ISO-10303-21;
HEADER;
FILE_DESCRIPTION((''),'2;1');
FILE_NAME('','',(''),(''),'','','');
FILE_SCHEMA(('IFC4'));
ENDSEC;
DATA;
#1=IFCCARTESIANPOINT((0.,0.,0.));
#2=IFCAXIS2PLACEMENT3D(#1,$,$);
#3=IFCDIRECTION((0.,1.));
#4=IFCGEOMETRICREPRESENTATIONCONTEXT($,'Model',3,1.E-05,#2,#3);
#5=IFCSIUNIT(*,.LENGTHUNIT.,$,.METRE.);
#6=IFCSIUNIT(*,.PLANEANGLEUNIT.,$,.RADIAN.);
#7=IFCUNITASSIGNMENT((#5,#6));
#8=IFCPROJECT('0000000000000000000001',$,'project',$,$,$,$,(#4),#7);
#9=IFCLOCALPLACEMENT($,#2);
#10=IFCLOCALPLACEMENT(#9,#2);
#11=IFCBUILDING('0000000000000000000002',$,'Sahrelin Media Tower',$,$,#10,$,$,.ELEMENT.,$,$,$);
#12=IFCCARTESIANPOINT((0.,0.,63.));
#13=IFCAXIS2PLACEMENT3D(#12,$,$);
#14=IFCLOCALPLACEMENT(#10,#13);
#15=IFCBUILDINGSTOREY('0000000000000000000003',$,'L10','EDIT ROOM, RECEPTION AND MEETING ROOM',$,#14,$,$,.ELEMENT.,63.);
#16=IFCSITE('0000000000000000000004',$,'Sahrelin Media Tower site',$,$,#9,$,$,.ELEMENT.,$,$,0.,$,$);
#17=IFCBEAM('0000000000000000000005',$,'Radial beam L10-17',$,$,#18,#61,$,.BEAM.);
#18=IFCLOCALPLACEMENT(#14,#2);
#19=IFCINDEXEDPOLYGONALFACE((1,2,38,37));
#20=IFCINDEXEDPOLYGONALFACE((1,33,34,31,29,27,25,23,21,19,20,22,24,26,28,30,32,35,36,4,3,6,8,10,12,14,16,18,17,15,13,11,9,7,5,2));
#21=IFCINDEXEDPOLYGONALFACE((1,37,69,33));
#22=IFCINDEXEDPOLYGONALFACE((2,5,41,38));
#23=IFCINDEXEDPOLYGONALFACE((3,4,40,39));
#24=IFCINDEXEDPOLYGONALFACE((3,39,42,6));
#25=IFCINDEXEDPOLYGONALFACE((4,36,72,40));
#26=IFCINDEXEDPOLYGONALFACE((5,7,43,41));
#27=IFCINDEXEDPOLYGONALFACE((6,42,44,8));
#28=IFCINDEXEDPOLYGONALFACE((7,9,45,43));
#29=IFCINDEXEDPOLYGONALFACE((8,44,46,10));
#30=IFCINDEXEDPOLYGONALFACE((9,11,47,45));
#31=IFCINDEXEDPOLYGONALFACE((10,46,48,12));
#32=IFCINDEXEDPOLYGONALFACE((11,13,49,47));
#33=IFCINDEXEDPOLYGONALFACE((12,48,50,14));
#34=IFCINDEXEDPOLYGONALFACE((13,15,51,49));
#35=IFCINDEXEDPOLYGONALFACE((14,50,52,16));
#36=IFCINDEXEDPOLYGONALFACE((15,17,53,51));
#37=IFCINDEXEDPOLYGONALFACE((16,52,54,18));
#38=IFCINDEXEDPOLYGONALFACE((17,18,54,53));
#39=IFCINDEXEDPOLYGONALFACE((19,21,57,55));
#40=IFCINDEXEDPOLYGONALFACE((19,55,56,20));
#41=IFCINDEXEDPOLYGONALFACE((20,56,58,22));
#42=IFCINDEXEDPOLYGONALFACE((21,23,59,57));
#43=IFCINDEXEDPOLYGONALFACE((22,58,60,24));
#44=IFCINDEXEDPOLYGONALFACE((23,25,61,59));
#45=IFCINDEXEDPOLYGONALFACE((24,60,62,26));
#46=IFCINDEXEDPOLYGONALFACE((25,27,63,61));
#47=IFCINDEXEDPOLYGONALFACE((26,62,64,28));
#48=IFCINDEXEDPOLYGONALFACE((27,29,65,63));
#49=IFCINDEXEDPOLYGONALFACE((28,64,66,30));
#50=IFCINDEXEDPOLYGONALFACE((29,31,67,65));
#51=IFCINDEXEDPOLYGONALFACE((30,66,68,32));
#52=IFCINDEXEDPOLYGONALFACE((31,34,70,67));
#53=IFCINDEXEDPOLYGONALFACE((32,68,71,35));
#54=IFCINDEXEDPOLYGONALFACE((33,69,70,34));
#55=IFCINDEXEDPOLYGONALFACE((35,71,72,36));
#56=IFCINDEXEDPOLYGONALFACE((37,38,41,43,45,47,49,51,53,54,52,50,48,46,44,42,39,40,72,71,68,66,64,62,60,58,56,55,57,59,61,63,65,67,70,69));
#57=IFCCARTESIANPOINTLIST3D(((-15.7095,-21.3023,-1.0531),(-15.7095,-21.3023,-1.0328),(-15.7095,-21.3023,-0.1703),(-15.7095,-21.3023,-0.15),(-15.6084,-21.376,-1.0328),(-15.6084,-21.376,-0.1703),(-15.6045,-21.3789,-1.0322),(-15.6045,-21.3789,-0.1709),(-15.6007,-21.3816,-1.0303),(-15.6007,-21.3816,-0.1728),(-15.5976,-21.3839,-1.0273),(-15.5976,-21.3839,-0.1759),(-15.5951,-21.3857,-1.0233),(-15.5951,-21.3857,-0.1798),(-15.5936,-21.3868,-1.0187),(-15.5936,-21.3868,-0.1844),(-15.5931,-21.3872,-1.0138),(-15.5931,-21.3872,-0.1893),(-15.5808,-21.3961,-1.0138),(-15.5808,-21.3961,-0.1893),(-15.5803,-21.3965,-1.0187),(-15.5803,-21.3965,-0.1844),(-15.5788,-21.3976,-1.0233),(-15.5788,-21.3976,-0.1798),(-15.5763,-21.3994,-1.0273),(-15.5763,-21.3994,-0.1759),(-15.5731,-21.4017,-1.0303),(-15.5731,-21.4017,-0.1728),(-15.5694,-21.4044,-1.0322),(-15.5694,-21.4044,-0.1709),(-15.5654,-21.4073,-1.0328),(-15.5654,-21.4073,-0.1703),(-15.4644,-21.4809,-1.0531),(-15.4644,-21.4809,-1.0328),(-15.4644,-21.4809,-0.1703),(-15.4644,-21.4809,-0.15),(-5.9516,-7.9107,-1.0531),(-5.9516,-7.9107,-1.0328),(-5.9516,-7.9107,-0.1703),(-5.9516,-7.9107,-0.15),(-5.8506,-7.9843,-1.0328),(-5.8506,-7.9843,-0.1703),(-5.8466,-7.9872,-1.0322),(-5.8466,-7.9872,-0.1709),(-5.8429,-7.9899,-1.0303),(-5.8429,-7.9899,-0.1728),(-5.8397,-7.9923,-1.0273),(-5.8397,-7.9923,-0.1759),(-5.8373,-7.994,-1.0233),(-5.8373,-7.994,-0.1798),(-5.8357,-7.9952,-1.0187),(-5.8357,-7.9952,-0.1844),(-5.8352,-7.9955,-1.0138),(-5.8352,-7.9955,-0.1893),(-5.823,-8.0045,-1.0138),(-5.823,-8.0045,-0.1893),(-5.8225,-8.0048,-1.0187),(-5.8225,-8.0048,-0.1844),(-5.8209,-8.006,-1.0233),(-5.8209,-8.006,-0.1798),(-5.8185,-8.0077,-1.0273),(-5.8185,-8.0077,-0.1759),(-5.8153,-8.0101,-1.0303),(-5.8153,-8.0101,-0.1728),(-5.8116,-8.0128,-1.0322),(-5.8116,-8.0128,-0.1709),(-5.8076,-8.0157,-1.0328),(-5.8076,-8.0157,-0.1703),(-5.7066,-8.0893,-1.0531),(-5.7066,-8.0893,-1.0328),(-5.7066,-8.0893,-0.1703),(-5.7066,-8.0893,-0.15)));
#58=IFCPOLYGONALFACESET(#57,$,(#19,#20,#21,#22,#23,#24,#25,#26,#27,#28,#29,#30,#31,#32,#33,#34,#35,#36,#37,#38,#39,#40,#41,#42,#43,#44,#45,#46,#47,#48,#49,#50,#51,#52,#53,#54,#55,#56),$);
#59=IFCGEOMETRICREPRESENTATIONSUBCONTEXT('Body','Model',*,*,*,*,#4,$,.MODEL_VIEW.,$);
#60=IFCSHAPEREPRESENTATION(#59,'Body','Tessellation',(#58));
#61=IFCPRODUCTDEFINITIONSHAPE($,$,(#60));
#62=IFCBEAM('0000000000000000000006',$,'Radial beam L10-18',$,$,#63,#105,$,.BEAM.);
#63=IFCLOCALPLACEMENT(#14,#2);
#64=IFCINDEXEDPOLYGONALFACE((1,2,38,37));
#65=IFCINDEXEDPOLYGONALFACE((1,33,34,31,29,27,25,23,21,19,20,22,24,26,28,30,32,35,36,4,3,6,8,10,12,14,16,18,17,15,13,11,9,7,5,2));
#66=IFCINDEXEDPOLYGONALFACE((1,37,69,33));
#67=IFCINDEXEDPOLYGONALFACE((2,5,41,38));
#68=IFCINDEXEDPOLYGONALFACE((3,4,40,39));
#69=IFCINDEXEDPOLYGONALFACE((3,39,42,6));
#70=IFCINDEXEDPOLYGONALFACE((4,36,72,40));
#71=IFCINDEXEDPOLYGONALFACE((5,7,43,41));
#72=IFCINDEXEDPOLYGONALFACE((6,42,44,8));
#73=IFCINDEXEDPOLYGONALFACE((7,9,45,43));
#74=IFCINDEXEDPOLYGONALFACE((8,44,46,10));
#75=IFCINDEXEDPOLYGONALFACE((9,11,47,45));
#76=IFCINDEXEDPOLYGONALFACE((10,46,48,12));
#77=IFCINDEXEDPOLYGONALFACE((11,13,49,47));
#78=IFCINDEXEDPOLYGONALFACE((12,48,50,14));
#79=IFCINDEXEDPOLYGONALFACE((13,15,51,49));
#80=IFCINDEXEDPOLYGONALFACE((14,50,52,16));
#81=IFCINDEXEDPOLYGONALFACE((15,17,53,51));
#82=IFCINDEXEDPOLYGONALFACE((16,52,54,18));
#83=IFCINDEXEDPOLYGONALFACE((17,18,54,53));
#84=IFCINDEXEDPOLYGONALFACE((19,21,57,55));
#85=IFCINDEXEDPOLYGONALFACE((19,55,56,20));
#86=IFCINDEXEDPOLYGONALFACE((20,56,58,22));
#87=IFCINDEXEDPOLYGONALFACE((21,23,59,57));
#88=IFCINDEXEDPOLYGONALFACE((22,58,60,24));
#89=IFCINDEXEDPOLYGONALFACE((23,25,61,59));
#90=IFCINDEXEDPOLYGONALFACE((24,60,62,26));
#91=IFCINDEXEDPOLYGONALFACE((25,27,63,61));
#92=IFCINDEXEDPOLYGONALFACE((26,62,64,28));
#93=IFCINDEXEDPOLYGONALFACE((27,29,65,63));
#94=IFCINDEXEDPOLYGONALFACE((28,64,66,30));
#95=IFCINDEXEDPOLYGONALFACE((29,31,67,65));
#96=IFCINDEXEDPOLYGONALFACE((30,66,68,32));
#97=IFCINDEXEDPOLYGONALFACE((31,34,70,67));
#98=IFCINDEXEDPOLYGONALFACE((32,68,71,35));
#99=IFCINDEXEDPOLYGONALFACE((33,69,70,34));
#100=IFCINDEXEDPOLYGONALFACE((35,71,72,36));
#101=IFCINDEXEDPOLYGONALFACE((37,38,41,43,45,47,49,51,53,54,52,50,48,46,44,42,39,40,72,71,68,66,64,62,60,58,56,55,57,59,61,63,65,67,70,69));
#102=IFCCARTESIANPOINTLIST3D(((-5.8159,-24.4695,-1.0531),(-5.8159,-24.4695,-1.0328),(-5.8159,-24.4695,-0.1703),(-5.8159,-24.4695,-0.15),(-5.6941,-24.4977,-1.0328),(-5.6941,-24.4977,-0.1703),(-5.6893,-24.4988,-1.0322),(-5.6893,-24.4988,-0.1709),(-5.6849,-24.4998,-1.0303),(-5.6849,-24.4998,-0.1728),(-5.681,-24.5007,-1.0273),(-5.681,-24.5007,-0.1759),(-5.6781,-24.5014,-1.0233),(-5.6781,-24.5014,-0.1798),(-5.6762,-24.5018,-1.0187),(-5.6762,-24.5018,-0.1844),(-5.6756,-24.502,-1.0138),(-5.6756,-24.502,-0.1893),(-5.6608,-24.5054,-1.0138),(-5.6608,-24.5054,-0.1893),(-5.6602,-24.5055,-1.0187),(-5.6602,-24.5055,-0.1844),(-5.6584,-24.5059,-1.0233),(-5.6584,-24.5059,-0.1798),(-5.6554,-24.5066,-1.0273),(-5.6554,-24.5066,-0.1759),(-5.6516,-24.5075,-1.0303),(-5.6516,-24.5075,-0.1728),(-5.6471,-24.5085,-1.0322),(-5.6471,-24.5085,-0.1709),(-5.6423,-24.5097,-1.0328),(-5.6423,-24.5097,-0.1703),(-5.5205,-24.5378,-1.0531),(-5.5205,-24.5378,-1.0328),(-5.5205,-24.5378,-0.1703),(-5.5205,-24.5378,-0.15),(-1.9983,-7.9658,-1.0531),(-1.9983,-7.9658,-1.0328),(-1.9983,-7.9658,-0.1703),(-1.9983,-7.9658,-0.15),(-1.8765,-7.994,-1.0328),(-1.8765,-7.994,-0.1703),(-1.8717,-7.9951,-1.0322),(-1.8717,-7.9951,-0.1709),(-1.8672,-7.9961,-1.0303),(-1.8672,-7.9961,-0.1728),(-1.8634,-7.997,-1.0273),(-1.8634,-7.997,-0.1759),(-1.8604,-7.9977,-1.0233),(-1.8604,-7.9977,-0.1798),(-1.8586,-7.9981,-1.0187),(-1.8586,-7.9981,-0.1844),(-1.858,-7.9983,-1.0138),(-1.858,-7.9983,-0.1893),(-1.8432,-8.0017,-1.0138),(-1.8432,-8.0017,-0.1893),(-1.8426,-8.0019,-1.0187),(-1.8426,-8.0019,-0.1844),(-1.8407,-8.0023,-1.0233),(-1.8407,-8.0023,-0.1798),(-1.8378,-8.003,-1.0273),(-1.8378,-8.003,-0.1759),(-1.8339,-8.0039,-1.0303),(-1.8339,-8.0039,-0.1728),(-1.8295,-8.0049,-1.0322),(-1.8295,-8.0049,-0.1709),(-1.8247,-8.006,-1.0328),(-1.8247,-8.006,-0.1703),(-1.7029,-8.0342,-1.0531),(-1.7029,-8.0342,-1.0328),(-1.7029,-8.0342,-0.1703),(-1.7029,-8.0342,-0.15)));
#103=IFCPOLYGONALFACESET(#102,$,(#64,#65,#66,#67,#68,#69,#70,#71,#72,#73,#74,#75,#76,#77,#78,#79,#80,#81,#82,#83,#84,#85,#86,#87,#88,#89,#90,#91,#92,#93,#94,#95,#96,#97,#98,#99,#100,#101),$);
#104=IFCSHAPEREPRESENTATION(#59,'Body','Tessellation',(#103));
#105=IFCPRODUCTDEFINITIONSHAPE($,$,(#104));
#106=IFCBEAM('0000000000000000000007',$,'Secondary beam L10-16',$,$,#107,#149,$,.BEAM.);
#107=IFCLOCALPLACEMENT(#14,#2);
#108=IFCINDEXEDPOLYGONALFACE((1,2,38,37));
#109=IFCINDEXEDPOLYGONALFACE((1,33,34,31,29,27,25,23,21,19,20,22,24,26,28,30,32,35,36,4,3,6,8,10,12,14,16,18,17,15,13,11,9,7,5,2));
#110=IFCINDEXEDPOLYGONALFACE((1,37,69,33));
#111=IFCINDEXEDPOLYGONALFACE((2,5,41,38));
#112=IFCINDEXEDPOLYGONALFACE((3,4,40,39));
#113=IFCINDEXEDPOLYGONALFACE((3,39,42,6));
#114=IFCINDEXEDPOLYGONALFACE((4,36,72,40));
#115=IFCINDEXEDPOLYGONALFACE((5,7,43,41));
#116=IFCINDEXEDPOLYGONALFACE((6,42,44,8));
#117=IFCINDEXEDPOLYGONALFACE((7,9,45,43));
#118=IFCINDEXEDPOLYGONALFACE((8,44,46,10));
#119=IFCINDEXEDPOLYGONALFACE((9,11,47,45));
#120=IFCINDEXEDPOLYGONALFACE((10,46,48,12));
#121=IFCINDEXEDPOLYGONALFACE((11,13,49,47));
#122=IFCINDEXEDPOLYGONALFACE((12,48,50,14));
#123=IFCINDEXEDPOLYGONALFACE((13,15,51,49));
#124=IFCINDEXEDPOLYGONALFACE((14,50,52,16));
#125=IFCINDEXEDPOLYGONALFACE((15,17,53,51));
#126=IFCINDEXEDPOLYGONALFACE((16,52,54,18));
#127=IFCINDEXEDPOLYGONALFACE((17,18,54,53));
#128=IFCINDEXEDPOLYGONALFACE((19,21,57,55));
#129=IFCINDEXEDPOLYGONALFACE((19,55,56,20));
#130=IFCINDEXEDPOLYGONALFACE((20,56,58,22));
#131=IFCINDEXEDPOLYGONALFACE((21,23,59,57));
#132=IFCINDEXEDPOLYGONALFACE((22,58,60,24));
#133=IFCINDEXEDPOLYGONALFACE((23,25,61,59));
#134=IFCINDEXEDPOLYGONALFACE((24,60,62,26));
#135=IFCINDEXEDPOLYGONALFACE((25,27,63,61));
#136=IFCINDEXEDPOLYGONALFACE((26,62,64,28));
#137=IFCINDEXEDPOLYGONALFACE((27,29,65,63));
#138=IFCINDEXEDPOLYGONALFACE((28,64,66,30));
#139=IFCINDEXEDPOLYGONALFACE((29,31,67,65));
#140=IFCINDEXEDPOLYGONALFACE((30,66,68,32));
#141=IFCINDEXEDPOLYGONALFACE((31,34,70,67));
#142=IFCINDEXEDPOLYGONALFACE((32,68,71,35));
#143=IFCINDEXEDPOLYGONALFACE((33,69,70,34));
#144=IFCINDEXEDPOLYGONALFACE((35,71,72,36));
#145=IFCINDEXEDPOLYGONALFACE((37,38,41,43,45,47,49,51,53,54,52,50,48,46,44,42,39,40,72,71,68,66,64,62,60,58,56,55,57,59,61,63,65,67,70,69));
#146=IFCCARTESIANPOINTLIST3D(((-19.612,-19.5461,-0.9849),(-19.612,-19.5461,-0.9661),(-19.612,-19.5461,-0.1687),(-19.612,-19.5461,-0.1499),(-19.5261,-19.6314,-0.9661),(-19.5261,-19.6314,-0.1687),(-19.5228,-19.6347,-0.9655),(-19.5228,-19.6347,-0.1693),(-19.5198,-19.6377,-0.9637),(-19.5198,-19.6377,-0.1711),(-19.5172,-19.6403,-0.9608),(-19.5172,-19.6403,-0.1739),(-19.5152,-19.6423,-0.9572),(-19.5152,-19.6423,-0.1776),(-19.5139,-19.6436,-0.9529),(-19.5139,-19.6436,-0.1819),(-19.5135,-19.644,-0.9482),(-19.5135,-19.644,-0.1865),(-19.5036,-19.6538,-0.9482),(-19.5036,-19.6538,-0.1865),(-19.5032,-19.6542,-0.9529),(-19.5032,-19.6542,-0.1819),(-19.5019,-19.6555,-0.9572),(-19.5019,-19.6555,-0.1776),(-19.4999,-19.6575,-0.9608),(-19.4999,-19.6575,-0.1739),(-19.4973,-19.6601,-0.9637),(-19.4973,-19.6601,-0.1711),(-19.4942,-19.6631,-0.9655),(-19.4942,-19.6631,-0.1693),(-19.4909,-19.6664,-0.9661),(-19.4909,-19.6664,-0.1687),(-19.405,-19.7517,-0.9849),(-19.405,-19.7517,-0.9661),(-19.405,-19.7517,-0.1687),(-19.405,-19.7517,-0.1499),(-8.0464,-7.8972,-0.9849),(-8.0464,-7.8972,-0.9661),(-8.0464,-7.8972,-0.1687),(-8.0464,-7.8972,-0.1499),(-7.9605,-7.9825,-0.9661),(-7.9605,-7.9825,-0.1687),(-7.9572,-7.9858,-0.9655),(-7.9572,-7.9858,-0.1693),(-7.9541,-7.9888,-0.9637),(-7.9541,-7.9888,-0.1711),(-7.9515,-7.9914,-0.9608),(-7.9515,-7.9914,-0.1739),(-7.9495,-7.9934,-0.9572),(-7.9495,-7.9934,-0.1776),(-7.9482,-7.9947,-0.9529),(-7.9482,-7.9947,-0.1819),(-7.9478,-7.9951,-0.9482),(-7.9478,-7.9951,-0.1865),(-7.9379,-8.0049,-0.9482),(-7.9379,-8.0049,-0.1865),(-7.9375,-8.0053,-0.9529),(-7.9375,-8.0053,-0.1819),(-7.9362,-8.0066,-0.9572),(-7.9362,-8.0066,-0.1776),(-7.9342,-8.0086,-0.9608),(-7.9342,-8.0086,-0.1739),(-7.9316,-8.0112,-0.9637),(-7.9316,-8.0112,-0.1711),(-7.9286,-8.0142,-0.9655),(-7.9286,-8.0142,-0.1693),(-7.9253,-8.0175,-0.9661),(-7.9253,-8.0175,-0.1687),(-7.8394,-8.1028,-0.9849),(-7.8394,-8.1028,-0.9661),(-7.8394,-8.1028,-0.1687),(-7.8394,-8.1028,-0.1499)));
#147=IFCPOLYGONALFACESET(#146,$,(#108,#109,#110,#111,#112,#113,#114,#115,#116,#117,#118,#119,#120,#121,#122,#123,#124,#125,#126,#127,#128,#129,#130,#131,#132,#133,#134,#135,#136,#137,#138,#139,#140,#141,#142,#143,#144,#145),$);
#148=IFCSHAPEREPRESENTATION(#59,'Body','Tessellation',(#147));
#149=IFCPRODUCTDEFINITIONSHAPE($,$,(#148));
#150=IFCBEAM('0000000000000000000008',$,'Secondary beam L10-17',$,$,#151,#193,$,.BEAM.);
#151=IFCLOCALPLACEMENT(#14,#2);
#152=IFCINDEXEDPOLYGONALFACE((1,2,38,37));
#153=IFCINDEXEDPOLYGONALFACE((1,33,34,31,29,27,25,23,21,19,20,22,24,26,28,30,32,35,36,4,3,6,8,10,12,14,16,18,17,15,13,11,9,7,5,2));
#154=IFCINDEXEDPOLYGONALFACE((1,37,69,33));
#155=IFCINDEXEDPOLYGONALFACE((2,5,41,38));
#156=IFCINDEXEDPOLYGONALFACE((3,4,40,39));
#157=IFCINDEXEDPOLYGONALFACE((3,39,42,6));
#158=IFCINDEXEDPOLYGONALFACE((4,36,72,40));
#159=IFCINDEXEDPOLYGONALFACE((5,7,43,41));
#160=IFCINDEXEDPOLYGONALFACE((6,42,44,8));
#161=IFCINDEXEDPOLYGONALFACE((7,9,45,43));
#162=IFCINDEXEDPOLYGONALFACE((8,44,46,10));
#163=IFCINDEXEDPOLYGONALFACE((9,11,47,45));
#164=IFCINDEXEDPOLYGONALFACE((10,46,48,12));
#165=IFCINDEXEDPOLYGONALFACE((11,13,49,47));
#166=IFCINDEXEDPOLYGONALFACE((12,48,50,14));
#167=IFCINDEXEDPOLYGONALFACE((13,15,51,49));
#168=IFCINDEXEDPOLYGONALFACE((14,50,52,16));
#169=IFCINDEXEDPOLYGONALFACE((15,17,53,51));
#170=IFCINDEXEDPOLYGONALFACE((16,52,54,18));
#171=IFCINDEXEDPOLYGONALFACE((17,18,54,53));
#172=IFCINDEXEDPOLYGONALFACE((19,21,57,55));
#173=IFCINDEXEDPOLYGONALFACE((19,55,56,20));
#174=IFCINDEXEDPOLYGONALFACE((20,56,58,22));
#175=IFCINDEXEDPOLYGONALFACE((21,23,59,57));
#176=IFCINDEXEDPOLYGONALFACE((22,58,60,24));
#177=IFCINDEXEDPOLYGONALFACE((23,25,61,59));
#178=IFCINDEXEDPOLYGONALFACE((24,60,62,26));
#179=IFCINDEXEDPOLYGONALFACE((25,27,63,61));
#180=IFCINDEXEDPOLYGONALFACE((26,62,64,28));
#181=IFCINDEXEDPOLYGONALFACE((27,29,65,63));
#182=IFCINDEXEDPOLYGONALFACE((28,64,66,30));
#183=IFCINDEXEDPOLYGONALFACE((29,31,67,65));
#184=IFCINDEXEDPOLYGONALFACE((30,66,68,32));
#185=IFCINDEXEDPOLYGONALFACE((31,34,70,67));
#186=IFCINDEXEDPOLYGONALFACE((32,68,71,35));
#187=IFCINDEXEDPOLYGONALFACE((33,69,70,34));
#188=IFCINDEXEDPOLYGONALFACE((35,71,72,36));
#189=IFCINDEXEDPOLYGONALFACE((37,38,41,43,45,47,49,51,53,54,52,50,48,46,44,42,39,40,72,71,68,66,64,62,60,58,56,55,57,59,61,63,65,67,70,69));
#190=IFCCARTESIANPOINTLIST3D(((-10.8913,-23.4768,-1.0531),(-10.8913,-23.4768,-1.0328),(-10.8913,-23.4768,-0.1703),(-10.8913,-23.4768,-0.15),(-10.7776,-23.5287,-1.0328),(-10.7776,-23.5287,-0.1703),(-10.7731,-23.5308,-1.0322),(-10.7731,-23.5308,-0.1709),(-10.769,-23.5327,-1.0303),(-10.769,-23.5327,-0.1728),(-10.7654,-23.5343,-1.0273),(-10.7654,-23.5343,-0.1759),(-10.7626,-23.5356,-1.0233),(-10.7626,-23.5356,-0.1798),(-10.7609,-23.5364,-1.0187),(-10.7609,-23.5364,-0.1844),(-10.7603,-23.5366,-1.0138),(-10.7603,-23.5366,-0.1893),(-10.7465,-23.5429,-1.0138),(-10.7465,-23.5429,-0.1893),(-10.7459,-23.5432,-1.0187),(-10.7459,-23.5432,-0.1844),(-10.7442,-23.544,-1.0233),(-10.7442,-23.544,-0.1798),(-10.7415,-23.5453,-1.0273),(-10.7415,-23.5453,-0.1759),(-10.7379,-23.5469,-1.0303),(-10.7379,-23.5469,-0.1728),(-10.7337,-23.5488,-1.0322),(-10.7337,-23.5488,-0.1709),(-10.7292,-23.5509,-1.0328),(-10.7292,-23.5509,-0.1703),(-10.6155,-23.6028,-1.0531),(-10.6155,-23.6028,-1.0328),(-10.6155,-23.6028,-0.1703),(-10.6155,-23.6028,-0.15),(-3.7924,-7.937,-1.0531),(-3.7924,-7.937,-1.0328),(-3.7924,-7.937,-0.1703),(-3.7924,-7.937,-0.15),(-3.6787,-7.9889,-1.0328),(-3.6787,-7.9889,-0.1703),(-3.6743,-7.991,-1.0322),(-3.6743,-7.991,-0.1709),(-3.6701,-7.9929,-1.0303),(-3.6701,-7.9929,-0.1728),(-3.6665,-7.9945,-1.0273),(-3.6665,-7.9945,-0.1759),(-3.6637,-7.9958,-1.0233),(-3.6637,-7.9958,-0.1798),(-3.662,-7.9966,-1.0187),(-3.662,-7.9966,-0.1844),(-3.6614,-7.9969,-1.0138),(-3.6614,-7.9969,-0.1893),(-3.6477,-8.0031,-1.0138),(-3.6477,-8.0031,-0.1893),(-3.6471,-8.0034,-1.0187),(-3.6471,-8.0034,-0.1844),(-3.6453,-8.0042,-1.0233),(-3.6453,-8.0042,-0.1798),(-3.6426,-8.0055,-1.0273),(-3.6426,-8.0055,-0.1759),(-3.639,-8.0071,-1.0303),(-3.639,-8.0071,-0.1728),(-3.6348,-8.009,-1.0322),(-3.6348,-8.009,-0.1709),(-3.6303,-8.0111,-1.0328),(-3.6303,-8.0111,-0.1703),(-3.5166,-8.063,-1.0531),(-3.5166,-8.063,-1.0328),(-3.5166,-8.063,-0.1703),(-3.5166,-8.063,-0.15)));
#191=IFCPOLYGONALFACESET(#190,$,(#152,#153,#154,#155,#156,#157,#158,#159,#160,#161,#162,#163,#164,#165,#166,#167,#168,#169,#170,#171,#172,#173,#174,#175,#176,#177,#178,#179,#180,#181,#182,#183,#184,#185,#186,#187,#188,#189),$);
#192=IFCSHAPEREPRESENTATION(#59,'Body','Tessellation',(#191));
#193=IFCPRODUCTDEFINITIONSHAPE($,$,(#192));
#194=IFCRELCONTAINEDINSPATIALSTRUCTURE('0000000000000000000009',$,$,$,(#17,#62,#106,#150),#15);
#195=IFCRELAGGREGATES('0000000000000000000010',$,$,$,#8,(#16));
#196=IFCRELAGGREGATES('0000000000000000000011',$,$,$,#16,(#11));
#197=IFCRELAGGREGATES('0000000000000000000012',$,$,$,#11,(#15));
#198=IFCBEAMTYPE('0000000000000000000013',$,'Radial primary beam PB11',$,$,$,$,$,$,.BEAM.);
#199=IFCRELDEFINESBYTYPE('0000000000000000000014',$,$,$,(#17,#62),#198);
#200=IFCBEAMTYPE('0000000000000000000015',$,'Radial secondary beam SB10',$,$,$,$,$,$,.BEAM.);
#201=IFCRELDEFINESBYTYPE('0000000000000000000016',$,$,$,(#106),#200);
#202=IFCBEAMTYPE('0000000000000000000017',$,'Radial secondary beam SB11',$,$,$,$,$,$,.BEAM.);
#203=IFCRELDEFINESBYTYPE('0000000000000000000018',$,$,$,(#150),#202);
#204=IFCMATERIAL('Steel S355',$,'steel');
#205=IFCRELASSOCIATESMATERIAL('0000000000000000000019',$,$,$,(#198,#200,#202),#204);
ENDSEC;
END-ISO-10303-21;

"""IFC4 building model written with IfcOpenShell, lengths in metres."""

from ifc_helpers import new_model, si_unit, direction, frame, origin, origin_2d, place, context, subcontext, project, spatial, i_section, extrude, material, material_profile, profile_set, type_object, element, save


model = new_model("IFC4")

# Units and contexts
model_context = context("Model", 3, precision=1e-05, world=origin(), true_north=direction((0.0, 1.0)))
body_context = subcontext(model_context, "Body", "Model", "MODEL_VIEW")
ifc_project = project(units=[si_unit("LENGTHUNIT", "METRE"), si_unit("PLANEANGLEUNIT", "RADIAN")], contexts=[model_context])

# Site, building, storey
site_placement = place(None, origin())
site = spatial("IfcSite", under=ifc_project, at=site_placement, Name="Sahrelin Media Tower site", CompositionType="ELEMENT", RefElevation=0.0)
building_placement = place(site_placement, origin())
building = spatial("IfcBuilding", under=site, at=building_placement, Name="Sahrelin Media Tower", CompositionType="ELEMENT")
storey_placement = place(building_placement, frame((0.0, 0.0, 63.0)))
storey = spatial("IfcBuildingStorey", under=building, at=storey_placement, Name="L10", Description="EDIT ROOM, RECEPTION AND MEETING ROOM", CompositionType="ELEMENT", Elevation=63.0)

# Beams
ifc_material_1 = material(Name="Steel S355", Category="steel")
ifc_material_profile_1 = material_profile(ifc_material_1, i_section(OverallWidth=0.3032, OverallDepth=0.9031, WebThickness=0.0151, FlangeThickness=0.0203, FilletRadius=0.019, at=origin_2d()), Name="UB 914x305x201")
ifc_profile_set_1 = profile_set([ifc_material_profile_1], Name="Steel S355")
beam_type_1 = type_object("IfcBeamType", Name="Radial primary beam PB11", PredefinedType="BEAM", material=ifc_profile_set_1)
beam_1_placement = place(storey_placement, frame((-5.8291, -8.0, -0.6016), z_axis=(-0.5889, -0.808206, 0.0), x_axis=(0.808206, -0.5889, 0.0)))
element("IfcBeam", 1, at=beam_1_placement, inside=storey, type_object=beam_type_1, Name="Radial beam L10-17", PredefinedType="BEAM", context=body_context, shape_type="SweptSolid", body=[
    extrude(i_section(OverallWidth=0.3032, OverallDepth=0.9031, WebThickness=0.0151, FlangeThickness=0.0203, FilletRadius=0.019, at=origin_2d()), origin(), (0.0, 0.0, 1.0), 16.5696),
])
beam_2_placement = place(storey_placement, frame((-1.8506, -8.0, -0.6016), z_axis=(-0.225369, -0.974273, 0.0), x_axis=(0.974273, -0.225369, 0.0)))
element("IfcBeam", 2, at=beam_2_placement, inside=storey, type_object=beam_type_1, Name="Radial beam L10-18", PredefinedType="BEAM", context=body_context, shape_type="SweptSolid", body=[
    extrude(i_section(OverallWidth=0.3032, OverallDepth=0.9031, WebThickness=0.0151, FlangeThickness=0.0203, FilletRadius=0.019, at=origin_2d()), origin(), (0.0, 0.0, 1.0), 16.9395),
])
ifc_material_profile_2 = material_profile(ifc_material_1, i_section(OverallWidth=0.2917, OverallDepth=0.835, WebThickness=0.0139, FlangeThickness=0.0188, FilletRadius=0.0178, at=origin_2d()), Name="UB 838x292x176")
ifc_profile_set_2 = profile_set([ifc_material_profile_2], Name="Steel S355")
beam_type_2 = type_object("IfcBeamType", Name="Radial secondary beam SB10", PredefinedType="BEAM", material=ifc_profile_set_2)
beam_3_placement = place(storey_placement, frame((-7.9429, -8.0, -0.5674), z_axis=(-0.704566, -0.709638, 0.0), x_axis=(0.709638, -0.704566, 0.0)))
element("IfcBeam", 3, at=beam_3_placement, inside=storey, type_object=beam_type_2, Name="Secondary beam L10-16", PredefinedType="BEAM", context=body_context, shape_type="SweptSolid", body=[
    extrude(i_section(OverallWidth=0.2917, OverallDepth=0.835, WebThickness=0.0139, FlangeThickness=0.0188, FilletRadius=0.0178, at=origin_2d()), origin(), (0.0, 0.0, 1.0), 16.4153),
])
ifc_material_profile_3 = material_profile(ifc_material_1, i_section(OverallWidth=0.3032, OverallDepth=0.9031, WebThickness=0.0151, FlangeThickness=0.0203, FilletRadius=0.019, at=origin_2d()), Name="UB 914x305x201")
ifc_profile_set_3 = profile_set([ifc_material_profile_3], Name="Steel S355")
beam_type_3 = type_object("IfcBeamType", Name="Radial secondary beam SB11", PredefinedType="BEAM", material=ifc_profile_set_3)
beam_4_placement = place(storey_placement, frame((-3.6545, -8.0, -0.6016), z_axis=(-0.415516, -0.909586, 0.0), x_axis=(0.909586, -0.415516, 0.0)))
element("IfcBeam", 4, at=beam_4_placement, inside=storey, type_object=beam_type_3, Name="Secondary beam L10-17", PredefinedType="BEAM", context=body_context, shape_type="SweptSolid", body=[
    extrude(i_section(OverallWidth=0.3032, OverallDepth=0.9031, WebThickness=0.0151, FlangeThickness=0.0203, FilletRadius=0.019, at=origin_2d()), origin(), (0.0, 0.0, 1.0), 17.0845),
])

save(model, "model.ifc")
